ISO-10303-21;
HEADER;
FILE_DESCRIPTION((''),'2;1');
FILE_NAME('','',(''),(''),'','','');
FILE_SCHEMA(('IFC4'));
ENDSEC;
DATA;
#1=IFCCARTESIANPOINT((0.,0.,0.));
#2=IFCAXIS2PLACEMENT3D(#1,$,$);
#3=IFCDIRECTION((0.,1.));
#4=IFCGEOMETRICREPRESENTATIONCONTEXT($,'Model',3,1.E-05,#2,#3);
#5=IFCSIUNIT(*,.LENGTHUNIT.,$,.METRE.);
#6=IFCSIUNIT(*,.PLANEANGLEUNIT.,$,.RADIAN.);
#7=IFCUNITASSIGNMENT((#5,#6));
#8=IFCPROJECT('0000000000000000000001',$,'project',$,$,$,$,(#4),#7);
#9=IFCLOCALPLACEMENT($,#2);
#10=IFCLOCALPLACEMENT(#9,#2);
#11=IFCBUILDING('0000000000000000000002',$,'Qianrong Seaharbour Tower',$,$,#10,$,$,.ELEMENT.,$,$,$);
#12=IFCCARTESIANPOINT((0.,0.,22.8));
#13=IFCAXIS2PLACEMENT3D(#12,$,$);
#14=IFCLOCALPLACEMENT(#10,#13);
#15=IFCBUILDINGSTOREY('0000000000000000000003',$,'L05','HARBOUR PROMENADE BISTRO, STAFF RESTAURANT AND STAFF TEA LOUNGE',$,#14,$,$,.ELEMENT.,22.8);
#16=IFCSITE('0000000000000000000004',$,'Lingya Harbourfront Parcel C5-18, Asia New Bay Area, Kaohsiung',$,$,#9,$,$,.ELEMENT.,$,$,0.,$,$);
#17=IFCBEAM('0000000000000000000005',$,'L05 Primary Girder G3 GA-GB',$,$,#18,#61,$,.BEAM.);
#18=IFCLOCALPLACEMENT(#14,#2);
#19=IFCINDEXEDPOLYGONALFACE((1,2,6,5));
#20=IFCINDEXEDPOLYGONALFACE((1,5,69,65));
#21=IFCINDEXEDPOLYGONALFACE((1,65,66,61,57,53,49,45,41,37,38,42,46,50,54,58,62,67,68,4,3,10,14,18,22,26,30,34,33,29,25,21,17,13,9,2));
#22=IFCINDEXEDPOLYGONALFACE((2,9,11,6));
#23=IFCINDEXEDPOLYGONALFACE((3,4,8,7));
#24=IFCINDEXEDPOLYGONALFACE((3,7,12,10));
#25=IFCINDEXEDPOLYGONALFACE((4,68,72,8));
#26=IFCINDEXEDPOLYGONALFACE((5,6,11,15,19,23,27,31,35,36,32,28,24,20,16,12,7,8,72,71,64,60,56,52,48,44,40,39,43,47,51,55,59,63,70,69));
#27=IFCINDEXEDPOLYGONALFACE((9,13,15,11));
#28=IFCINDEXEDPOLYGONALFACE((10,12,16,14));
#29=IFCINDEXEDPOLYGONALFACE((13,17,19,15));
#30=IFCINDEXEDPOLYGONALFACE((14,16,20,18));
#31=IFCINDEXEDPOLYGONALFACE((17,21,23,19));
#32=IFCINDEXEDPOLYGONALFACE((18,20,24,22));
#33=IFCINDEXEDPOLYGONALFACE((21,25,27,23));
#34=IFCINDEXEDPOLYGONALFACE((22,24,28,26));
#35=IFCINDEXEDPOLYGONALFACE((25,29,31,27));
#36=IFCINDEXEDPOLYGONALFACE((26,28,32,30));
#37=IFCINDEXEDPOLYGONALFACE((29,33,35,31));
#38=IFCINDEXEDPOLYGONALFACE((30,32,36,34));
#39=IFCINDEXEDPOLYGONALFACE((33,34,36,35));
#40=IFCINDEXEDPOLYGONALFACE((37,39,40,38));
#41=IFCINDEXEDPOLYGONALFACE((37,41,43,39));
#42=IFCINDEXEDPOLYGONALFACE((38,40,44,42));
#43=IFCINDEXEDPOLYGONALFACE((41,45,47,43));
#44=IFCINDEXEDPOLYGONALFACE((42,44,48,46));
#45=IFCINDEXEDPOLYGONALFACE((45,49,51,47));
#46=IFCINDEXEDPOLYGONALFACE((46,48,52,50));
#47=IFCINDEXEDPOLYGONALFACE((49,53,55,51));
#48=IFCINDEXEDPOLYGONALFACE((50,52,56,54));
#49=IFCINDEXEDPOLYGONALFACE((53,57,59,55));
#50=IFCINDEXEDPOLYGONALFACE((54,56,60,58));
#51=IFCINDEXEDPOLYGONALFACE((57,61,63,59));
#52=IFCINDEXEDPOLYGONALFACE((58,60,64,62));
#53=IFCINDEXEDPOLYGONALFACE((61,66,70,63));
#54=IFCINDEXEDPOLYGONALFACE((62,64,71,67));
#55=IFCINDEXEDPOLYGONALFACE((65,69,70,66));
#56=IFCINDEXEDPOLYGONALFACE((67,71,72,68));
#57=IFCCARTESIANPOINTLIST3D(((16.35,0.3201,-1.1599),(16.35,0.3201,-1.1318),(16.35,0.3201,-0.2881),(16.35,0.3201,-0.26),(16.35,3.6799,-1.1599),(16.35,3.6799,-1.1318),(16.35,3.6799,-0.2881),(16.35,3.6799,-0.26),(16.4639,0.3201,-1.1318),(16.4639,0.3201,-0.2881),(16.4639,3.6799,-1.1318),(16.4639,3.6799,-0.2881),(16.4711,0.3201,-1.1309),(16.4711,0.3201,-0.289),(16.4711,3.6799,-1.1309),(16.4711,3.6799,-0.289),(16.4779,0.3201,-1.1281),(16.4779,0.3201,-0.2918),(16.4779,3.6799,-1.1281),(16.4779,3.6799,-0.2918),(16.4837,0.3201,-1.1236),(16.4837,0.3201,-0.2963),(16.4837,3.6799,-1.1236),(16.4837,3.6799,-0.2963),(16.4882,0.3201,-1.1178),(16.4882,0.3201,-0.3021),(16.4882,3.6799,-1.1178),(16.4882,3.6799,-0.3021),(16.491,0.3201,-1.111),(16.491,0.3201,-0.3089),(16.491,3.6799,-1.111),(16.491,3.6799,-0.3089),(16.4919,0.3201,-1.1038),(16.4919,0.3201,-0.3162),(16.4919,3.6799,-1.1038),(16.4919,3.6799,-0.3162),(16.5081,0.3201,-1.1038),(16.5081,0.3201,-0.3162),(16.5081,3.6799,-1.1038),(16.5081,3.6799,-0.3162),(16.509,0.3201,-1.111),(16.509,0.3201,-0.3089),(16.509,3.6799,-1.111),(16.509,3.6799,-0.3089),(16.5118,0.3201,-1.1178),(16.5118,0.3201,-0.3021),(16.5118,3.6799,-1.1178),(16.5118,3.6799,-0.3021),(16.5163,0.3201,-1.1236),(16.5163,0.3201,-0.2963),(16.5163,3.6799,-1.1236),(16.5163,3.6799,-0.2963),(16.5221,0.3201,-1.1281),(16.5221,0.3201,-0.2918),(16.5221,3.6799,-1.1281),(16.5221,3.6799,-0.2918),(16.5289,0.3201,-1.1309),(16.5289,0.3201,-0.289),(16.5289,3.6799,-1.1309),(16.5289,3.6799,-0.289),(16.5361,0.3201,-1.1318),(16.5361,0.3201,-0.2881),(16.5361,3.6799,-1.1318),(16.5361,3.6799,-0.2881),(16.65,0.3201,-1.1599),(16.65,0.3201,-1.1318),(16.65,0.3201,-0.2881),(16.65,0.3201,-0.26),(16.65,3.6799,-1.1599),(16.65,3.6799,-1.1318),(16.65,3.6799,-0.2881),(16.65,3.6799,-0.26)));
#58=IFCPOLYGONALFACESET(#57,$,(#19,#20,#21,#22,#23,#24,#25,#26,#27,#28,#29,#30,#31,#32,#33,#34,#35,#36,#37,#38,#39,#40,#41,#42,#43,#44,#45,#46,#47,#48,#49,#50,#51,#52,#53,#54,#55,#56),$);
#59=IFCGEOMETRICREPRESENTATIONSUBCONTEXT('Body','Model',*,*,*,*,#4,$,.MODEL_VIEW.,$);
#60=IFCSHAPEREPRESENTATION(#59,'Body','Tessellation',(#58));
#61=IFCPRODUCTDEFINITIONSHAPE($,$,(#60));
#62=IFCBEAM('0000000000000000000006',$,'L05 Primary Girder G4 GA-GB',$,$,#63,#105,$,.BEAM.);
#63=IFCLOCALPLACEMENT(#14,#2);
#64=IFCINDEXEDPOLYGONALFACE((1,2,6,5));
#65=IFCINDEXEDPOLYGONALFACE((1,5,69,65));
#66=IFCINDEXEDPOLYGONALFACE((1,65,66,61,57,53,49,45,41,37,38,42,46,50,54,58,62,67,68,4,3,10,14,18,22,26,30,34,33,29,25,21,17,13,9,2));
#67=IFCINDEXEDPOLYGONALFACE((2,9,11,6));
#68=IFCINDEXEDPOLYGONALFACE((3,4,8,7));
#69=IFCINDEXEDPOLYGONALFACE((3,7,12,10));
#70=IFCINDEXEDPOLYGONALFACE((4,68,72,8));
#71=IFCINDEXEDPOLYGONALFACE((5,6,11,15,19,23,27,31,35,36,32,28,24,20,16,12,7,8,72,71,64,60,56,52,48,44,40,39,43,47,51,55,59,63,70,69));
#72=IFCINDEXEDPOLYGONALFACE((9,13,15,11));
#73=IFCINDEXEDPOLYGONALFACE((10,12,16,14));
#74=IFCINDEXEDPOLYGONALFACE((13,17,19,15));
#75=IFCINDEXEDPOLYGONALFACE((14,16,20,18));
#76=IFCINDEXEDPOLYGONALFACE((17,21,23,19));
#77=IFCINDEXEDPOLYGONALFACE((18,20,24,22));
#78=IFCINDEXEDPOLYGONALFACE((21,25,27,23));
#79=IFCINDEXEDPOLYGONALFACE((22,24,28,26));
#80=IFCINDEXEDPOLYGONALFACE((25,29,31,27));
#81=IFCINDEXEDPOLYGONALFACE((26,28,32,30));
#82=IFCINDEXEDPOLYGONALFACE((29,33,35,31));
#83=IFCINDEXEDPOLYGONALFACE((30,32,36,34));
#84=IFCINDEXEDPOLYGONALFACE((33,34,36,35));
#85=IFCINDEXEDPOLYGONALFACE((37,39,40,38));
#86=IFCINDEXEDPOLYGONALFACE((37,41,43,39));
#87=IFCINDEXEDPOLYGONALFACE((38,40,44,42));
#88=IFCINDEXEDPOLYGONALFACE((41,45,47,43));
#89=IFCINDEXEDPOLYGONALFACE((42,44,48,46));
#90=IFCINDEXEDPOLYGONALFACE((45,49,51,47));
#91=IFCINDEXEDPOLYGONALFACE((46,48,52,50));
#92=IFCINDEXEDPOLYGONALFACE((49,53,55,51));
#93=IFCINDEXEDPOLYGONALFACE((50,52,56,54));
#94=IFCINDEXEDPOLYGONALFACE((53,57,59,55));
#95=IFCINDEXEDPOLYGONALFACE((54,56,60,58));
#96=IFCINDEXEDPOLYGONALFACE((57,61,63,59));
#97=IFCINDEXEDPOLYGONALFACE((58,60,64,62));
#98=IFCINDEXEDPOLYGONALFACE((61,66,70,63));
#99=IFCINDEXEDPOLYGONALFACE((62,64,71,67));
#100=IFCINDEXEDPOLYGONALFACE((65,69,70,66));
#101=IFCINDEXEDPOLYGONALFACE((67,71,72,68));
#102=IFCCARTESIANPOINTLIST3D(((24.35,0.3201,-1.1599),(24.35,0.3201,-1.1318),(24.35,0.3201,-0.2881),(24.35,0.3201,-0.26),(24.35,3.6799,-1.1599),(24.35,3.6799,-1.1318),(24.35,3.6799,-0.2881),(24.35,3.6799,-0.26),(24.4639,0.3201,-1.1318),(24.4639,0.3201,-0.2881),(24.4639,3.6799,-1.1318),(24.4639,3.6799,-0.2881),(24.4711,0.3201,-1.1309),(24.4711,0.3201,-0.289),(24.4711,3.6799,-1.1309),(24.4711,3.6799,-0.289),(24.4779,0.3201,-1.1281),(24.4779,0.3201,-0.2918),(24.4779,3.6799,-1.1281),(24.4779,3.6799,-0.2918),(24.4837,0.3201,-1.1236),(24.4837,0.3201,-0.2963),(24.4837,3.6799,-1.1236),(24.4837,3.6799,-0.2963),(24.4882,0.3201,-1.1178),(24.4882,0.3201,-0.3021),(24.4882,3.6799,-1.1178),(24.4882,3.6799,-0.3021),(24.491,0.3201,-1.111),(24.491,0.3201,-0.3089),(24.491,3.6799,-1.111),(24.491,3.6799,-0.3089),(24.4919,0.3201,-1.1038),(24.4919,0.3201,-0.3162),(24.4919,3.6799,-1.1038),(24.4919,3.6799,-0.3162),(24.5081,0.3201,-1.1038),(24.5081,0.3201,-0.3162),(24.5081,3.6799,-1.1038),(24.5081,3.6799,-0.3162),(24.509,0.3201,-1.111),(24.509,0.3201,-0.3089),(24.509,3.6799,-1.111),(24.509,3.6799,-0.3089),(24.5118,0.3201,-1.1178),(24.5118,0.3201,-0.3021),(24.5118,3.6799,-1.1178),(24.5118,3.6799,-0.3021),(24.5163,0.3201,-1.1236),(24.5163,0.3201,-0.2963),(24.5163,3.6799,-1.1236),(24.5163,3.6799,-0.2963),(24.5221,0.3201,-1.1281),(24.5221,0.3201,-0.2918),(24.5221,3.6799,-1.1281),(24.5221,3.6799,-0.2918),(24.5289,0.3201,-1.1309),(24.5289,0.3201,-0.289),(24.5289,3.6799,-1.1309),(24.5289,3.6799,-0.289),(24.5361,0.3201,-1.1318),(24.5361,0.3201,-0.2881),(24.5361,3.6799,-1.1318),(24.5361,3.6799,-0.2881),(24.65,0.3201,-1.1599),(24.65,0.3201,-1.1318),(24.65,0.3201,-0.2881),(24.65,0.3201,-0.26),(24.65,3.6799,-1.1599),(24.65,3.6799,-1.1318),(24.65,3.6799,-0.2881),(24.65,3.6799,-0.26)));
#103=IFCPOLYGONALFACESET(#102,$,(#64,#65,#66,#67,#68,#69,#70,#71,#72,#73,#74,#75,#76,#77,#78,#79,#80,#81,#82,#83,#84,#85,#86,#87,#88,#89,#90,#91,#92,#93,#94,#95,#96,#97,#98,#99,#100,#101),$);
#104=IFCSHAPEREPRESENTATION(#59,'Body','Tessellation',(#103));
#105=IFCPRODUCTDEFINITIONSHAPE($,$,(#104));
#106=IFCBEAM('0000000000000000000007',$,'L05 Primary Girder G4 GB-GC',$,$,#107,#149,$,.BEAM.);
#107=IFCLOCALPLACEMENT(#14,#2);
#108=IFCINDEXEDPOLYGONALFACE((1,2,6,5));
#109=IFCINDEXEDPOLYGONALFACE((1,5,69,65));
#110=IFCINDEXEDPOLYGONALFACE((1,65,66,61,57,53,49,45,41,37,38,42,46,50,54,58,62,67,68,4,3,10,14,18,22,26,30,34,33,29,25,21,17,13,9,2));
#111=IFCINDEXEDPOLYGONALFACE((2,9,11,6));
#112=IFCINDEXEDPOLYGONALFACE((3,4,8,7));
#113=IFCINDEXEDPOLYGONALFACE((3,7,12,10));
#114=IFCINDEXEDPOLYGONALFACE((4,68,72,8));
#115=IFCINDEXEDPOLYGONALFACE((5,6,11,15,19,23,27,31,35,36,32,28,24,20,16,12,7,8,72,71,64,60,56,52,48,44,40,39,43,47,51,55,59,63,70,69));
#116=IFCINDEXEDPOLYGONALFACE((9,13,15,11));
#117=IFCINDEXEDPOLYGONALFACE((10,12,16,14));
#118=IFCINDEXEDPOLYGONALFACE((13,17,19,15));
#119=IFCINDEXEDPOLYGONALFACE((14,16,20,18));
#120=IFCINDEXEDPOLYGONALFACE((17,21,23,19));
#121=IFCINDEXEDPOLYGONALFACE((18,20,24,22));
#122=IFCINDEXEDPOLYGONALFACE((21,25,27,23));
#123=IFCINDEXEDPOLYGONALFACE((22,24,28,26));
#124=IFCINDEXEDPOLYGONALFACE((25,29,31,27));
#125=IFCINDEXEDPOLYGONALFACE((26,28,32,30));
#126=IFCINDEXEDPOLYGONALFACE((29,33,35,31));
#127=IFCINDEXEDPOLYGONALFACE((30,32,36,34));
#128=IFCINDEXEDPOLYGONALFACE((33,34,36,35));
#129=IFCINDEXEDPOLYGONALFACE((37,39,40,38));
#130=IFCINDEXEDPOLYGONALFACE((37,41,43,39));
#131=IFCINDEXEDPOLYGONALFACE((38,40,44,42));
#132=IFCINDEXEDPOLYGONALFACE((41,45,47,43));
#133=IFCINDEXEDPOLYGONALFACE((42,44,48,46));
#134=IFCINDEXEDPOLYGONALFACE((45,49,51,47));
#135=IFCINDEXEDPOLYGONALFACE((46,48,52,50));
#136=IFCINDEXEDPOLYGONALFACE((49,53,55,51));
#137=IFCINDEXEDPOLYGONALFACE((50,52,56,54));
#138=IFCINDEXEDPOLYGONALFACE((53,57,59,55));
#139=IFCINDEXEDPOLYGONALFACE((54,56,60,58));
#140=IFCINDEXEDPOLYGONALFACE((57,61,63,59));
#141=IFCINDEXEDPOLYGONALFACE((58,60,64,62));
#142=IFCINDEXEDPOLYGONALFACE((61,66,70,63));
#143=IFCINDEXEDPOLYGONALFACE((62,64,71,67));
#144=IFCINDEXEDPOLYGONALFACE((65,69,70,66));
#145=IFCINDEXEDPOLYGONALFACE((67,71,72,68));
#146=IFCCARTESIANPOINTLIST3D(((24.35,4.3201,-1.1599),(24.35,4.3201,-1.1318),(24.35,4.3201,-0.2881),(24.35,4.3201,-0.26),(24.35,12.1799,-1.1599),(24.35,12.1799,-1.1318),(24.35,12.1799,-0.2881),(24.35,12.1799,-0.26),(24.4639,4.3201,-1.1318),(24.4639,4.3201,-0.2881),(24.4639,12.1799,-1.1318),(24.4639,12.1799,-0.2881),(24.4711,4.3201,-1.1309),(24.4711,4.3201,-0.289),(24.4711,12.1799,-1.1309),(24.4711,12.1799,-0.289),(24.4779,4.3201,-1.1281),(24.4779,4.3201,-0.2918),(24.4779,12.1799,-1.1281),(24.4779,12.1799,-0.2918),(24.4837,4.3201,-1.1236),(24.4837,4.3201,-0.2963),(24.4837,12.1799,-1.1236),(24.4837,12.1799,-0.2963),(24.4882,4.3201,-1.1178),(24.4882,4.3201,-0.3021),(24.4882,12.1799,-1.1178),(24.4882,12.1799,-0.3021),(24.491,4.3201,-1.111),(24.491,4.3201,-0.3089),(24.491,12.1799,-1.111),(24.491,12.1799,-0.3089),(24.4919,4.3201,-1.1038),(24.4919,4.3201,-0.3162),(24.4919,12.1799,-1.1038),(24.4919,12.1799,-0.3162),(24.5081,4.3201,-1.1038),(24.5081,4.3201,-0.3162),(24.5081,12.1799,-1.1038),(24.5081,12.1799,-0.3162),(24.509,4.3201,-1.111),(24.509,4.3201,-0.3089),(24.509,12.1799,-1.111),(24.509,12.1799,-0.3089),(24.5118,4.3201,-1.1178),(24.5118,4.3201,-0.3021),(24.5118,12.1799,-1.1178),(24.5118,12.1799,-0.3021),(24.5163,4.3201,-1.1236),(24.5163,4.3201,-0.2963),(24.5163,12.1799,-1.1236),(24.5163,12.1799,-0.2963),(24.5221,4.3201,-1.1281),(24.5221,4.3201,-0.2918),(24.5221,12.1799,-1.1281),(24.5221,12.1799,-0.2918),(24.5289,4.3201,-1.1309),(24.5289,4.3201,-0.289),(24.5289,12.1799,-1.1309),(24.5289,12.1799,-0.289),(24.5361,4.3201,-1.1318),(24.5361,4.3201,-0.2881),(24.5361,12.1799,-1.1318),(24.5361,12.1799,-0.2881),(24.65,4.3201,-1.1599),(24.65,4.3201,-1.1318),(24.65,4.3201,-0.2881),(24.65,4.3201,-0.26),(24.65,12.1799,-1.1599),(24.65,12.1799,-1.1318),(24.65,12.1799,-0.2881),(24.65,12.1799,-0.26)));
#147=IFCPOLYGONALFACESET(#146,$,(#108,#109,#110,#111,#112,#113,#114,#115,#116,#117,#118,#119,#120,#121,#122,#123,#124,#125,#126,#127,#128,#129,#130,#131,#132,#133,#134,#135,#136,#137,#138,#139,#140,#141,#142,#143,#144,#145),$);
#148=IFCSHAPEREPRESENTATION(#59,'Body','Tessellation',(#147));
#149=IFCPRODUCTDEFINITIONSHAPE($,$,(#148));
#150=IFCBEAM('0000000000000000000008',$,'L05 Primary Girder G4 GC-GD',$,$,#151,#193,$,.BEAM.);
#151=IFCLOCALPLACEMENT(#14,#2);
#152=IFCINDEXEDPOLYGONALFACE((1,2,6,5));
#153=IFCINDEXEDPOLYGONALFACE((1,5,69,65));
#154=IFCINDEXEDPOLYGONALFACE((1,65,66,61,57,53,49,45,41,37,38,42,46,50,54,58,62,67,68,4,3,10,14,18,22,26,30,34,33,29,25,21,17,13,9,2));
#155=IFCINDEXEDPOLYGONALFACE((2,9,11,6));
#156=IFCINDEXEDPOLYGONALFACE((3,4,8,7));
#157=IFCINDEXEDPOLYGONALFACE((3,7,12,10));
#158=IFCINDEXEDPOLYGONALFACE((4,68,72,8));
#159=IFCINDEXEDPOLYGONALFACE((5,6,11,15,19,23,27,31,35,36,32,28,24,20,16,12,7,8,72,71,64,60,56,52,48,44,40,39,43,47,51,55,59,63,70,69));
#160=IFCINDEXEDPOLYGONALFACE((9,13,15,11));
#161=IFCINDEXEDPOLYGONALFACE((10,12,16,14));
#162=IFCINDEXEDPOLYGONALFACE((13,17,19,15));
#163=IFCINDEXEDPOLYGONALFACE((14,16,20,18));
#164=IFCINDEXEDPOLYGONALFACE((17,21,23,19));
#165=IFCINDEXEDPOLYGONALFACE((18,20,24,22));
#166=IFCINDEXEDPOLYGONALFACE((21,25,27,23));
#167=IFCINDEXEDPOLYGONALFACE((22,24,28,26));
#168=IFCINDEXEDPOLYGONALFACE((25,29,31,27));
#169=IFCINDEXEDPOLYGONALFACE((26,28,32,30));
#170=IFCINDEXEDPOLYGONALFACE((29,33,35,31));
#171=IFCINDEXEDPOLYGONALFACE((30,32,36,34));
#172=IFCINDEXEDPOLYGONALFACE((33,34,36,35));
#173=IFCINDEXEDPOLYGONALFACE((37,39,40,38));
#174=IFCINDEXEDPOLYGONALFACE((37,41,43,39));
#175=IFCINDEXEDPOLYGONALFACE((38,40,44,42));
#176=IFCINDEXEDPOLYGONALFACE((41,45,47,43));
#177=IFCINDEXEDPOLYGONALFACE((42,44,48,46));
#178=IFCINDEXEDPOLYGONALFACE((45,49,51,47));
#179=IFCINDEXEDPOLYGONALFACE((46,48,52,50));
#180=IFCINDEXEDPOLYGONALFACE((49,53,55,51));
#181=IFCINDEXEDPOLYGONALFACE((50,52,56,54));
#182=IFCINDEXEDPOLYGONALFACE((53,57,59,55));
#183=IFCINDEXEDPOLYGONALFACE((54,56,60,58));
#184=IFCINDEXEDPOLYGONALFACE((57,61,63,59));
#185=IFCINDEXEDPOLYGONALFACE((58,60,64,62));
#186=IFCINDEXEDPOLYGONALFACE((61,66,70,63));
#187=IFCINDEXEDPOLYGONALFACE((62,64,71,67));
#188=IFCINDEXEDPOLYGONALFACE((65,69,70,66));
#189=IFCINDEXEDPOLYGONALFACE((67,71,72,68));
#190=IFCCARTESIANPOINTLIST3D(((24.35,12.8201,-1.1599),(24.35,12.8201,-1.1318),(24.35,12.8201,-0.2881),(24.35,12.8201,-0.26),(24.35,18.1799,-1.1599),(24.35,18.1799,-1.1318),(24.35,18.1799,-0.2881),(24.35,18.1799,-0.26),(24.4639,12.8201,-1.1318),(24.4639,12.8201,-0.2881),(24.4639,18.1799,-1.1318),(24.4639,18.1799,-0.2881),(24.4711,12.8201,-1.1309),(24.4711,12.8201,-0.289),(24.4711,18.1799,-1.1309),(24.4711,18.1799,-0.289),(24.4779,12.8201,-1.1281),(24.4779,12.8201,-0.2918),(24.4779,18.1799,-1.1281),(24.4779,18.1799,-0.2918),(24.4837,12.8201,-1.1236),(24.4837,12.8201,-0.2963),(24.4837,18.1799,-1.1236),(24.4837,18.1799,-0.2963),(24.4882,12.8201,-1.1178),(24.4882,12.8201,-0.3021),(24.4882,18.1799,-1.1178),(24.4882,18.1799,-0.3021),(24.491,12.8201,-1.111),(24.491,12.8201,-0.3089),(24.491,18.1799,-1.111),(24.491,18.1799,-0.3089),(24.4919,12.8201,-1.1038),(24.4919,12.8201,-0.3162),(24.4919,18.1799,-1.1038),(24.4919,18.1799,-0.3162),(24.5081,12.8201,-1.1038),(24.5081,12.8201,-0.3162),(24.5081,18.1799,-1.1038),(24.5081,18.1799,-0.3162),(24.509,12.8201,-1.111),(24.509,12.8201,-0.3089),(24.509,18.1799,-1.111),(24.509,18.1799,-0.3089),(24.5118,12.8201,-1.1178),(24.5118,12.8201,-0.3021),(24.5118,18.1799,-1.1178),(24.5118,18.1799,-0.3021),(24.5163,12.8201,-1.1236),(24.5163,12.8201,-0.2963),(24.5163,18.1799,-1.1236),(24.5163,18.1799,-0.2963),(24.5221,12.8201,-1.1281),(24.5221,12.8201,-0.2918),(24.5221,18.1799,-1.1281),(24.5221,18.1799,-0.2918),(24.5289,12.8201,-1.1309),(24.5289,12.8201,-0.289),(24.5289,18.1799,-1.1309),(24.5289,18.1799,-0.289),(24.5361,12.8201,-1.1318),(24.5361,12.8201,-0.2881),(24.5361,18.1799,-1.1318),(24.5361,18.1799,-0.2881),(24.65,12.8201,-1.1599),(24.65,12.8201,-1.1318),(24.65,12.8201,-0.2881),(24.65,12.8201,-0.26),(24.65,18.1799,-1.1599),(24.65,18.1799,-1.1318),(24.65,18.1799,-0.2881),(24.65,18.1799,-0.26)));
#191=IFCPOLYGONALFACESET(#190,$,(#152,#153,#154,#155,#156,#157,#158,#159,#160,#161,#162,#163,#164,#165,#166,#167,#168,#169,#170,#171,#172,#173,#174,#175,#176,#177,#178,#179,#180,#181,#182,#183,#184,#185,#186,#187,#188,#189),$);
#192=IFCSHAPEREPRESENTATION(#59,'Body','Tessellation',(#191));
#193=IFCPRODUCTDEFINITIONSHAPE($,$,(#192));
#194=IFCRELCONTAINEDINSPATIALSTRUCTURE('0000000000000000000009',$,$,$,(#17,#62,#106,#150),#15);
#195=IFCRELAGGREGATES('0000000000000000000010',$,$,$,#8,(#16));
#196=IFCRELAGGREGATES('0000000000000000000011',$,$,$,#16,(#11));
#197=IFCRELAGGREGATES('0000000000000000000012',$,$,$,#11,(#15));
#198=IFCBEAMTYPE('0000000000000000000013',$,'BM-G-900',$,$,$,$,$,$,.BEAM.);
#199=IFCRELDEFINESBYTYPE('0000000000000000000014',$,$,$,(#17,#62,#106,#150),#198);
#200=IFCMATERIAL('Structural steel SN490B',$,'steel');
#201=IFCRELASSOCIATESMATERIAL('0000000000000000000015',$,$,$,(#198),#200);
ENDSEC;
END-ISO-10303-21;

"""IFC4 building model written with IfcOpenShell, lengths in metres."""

from ifc_helpers import new_model, si_unit, direction, frame, origin, origin_2d, place, context, subcontext, project, spatial, i_section, extrude, material, material_profile, profile_set, type_object, element, save


model = new_model("IFC4")

# Units and contexts
model_context = context("Model", 3, precision=1e-05, world=origin(), true_north=direction((0.0, 1.0)))
body_context = subcontext(model_context, "Body", "Model", "MODEL_VIEW")
ifc_project = project(units=[si_unit("LENGTHUNIT", "METRE"), si_unit("PLANEANGLEUNIT", "RADIAN")], contexts=[model_context])

# Site, building, storey
site_placement = place(None, origin())
site = spatial("IfcSite", under=ifc_project, at=site_placement, Name="Lingya Harbourfront Parcel C5-18, Asia New Bay Area, Kaohsiung", CompositionType="ELEMENT", RefElevation=0.0)
building_placement = place(site_placement, origin())
building = spatial("IfcBuilding", under=site, at=building_placement, Name="Qianrong Seaharbour Tower", CompositionType="ELEMENT")
storey_placement = place(building_placement, frame((0.0, 0.0, 22.8)))
storey = spatial("IfcBuildingStorey", under=building, at=storey_placement, Name="L05", Description="HARBOUR PROMENADE BISTRO, STAFF RESTAURANT AND STAFF TEA LOUNGE", CompositionType="ELEMENT", Elevation=22.8)

# Beams
ifc_material_1 = material(Name="Structural steel SN490B", Category="steel")
ifc_material_profile_1 = material_profile(ifc_material_1, i_section(OverallWidth=0.3, OverallDepth=0.8999, WebThickness=0.0161, FlangeThickness=0.0281, FilletRadius=0.0281, at=origin_2d()), Name="H900x300x16x28")
ifc_profile_set_1 = profile_set([ifc_material_profile_1], Name="Structural steel SN490B")
beam_type_1 = type_object("IfcBeamType", Name="BM-G-900", PredefinedType="BEAM", material=ifc_profile_set_1)
for number, where, z_axis, x_axis, name in (
    (1, (16.5, 0.3201, -0.71), (0.0, 1.0, 0.0), (-1.0, 0.0, 0.0), "L05 Primary Girder G3 GA-GB"),
    (2, (24.5, 0.3201, -0.71), (0.0, 1.0, 0.0), (-1.0, 0.0, 0.0), "L05 Primary Girder G4 GA-GB"),
):
    element("IfcBeam", number, at=place(storey_placement, frame(where, z_axis=z_axis, x_axis=x_axis)), inside=storey, type_object=beam_type_1, Name=name, PredefinedType="BEAM", context=body_context, shape_type="SweptSolid", body=[
        extrude(i_section(OverallWidth=0.3, OverallDepth=0.8999, WebThickness=0.0161, FlangeThickness=0.0281, FilletRadius=0.0281, at=origin_2d()), origin(), (0.0, 0.0, 1.0), 3.3599),
    ])
beam_1_placement = place(storey_placement, frame((24.5, 4.3201, -0.71), z_axis=(0.0, 1.0, 0.0), x_axis=(-1.0, 0.0, 0.0)))
element("IfcBeam", 3, at=beam_1_placement, inside=storey, type_object=beam_type_1, Name="L05 Primary Girder G4 GB-GC", PredefinedType="BEAM", context=body_context, shape_type="SweptSolid", body=[
    extrude(i_section(OverallWidth=0.3, OverallDepth=0.8999, WebThickness=0.0161, FlangeThickness=0.0281, FilletRadius=0.0281, at=origin_2d()), origin(), (0.0, 0.0, 1.0), 7.8599),
])
beam_2_placement = place(storey_placement, frame((24.5, 12.8201, -0.71), z_axis=(0.0, 1.0, 0.0), x_axis=(-1.0, 0.0, 0.0)))
element("IfcBeam", 4, at=beam_2_placement, inside=storey, type_object=beam_type_1, Name="L05 Primary Girder G4 GC-GD", PredefinedType="BEAM", context=body_context, shape_type="SweptSolid", body=[
    extrude(i_section(OverallWidth=0.3, OverallDepth=0.8999, WebThickness=0.0161, FlangeThickness=0.0281, FilletRadius=0.0281, at=origin_2d()), origin(), (0.0, 0.0, 1.0), 5.3599),
])

save(model, "model.ifc")
